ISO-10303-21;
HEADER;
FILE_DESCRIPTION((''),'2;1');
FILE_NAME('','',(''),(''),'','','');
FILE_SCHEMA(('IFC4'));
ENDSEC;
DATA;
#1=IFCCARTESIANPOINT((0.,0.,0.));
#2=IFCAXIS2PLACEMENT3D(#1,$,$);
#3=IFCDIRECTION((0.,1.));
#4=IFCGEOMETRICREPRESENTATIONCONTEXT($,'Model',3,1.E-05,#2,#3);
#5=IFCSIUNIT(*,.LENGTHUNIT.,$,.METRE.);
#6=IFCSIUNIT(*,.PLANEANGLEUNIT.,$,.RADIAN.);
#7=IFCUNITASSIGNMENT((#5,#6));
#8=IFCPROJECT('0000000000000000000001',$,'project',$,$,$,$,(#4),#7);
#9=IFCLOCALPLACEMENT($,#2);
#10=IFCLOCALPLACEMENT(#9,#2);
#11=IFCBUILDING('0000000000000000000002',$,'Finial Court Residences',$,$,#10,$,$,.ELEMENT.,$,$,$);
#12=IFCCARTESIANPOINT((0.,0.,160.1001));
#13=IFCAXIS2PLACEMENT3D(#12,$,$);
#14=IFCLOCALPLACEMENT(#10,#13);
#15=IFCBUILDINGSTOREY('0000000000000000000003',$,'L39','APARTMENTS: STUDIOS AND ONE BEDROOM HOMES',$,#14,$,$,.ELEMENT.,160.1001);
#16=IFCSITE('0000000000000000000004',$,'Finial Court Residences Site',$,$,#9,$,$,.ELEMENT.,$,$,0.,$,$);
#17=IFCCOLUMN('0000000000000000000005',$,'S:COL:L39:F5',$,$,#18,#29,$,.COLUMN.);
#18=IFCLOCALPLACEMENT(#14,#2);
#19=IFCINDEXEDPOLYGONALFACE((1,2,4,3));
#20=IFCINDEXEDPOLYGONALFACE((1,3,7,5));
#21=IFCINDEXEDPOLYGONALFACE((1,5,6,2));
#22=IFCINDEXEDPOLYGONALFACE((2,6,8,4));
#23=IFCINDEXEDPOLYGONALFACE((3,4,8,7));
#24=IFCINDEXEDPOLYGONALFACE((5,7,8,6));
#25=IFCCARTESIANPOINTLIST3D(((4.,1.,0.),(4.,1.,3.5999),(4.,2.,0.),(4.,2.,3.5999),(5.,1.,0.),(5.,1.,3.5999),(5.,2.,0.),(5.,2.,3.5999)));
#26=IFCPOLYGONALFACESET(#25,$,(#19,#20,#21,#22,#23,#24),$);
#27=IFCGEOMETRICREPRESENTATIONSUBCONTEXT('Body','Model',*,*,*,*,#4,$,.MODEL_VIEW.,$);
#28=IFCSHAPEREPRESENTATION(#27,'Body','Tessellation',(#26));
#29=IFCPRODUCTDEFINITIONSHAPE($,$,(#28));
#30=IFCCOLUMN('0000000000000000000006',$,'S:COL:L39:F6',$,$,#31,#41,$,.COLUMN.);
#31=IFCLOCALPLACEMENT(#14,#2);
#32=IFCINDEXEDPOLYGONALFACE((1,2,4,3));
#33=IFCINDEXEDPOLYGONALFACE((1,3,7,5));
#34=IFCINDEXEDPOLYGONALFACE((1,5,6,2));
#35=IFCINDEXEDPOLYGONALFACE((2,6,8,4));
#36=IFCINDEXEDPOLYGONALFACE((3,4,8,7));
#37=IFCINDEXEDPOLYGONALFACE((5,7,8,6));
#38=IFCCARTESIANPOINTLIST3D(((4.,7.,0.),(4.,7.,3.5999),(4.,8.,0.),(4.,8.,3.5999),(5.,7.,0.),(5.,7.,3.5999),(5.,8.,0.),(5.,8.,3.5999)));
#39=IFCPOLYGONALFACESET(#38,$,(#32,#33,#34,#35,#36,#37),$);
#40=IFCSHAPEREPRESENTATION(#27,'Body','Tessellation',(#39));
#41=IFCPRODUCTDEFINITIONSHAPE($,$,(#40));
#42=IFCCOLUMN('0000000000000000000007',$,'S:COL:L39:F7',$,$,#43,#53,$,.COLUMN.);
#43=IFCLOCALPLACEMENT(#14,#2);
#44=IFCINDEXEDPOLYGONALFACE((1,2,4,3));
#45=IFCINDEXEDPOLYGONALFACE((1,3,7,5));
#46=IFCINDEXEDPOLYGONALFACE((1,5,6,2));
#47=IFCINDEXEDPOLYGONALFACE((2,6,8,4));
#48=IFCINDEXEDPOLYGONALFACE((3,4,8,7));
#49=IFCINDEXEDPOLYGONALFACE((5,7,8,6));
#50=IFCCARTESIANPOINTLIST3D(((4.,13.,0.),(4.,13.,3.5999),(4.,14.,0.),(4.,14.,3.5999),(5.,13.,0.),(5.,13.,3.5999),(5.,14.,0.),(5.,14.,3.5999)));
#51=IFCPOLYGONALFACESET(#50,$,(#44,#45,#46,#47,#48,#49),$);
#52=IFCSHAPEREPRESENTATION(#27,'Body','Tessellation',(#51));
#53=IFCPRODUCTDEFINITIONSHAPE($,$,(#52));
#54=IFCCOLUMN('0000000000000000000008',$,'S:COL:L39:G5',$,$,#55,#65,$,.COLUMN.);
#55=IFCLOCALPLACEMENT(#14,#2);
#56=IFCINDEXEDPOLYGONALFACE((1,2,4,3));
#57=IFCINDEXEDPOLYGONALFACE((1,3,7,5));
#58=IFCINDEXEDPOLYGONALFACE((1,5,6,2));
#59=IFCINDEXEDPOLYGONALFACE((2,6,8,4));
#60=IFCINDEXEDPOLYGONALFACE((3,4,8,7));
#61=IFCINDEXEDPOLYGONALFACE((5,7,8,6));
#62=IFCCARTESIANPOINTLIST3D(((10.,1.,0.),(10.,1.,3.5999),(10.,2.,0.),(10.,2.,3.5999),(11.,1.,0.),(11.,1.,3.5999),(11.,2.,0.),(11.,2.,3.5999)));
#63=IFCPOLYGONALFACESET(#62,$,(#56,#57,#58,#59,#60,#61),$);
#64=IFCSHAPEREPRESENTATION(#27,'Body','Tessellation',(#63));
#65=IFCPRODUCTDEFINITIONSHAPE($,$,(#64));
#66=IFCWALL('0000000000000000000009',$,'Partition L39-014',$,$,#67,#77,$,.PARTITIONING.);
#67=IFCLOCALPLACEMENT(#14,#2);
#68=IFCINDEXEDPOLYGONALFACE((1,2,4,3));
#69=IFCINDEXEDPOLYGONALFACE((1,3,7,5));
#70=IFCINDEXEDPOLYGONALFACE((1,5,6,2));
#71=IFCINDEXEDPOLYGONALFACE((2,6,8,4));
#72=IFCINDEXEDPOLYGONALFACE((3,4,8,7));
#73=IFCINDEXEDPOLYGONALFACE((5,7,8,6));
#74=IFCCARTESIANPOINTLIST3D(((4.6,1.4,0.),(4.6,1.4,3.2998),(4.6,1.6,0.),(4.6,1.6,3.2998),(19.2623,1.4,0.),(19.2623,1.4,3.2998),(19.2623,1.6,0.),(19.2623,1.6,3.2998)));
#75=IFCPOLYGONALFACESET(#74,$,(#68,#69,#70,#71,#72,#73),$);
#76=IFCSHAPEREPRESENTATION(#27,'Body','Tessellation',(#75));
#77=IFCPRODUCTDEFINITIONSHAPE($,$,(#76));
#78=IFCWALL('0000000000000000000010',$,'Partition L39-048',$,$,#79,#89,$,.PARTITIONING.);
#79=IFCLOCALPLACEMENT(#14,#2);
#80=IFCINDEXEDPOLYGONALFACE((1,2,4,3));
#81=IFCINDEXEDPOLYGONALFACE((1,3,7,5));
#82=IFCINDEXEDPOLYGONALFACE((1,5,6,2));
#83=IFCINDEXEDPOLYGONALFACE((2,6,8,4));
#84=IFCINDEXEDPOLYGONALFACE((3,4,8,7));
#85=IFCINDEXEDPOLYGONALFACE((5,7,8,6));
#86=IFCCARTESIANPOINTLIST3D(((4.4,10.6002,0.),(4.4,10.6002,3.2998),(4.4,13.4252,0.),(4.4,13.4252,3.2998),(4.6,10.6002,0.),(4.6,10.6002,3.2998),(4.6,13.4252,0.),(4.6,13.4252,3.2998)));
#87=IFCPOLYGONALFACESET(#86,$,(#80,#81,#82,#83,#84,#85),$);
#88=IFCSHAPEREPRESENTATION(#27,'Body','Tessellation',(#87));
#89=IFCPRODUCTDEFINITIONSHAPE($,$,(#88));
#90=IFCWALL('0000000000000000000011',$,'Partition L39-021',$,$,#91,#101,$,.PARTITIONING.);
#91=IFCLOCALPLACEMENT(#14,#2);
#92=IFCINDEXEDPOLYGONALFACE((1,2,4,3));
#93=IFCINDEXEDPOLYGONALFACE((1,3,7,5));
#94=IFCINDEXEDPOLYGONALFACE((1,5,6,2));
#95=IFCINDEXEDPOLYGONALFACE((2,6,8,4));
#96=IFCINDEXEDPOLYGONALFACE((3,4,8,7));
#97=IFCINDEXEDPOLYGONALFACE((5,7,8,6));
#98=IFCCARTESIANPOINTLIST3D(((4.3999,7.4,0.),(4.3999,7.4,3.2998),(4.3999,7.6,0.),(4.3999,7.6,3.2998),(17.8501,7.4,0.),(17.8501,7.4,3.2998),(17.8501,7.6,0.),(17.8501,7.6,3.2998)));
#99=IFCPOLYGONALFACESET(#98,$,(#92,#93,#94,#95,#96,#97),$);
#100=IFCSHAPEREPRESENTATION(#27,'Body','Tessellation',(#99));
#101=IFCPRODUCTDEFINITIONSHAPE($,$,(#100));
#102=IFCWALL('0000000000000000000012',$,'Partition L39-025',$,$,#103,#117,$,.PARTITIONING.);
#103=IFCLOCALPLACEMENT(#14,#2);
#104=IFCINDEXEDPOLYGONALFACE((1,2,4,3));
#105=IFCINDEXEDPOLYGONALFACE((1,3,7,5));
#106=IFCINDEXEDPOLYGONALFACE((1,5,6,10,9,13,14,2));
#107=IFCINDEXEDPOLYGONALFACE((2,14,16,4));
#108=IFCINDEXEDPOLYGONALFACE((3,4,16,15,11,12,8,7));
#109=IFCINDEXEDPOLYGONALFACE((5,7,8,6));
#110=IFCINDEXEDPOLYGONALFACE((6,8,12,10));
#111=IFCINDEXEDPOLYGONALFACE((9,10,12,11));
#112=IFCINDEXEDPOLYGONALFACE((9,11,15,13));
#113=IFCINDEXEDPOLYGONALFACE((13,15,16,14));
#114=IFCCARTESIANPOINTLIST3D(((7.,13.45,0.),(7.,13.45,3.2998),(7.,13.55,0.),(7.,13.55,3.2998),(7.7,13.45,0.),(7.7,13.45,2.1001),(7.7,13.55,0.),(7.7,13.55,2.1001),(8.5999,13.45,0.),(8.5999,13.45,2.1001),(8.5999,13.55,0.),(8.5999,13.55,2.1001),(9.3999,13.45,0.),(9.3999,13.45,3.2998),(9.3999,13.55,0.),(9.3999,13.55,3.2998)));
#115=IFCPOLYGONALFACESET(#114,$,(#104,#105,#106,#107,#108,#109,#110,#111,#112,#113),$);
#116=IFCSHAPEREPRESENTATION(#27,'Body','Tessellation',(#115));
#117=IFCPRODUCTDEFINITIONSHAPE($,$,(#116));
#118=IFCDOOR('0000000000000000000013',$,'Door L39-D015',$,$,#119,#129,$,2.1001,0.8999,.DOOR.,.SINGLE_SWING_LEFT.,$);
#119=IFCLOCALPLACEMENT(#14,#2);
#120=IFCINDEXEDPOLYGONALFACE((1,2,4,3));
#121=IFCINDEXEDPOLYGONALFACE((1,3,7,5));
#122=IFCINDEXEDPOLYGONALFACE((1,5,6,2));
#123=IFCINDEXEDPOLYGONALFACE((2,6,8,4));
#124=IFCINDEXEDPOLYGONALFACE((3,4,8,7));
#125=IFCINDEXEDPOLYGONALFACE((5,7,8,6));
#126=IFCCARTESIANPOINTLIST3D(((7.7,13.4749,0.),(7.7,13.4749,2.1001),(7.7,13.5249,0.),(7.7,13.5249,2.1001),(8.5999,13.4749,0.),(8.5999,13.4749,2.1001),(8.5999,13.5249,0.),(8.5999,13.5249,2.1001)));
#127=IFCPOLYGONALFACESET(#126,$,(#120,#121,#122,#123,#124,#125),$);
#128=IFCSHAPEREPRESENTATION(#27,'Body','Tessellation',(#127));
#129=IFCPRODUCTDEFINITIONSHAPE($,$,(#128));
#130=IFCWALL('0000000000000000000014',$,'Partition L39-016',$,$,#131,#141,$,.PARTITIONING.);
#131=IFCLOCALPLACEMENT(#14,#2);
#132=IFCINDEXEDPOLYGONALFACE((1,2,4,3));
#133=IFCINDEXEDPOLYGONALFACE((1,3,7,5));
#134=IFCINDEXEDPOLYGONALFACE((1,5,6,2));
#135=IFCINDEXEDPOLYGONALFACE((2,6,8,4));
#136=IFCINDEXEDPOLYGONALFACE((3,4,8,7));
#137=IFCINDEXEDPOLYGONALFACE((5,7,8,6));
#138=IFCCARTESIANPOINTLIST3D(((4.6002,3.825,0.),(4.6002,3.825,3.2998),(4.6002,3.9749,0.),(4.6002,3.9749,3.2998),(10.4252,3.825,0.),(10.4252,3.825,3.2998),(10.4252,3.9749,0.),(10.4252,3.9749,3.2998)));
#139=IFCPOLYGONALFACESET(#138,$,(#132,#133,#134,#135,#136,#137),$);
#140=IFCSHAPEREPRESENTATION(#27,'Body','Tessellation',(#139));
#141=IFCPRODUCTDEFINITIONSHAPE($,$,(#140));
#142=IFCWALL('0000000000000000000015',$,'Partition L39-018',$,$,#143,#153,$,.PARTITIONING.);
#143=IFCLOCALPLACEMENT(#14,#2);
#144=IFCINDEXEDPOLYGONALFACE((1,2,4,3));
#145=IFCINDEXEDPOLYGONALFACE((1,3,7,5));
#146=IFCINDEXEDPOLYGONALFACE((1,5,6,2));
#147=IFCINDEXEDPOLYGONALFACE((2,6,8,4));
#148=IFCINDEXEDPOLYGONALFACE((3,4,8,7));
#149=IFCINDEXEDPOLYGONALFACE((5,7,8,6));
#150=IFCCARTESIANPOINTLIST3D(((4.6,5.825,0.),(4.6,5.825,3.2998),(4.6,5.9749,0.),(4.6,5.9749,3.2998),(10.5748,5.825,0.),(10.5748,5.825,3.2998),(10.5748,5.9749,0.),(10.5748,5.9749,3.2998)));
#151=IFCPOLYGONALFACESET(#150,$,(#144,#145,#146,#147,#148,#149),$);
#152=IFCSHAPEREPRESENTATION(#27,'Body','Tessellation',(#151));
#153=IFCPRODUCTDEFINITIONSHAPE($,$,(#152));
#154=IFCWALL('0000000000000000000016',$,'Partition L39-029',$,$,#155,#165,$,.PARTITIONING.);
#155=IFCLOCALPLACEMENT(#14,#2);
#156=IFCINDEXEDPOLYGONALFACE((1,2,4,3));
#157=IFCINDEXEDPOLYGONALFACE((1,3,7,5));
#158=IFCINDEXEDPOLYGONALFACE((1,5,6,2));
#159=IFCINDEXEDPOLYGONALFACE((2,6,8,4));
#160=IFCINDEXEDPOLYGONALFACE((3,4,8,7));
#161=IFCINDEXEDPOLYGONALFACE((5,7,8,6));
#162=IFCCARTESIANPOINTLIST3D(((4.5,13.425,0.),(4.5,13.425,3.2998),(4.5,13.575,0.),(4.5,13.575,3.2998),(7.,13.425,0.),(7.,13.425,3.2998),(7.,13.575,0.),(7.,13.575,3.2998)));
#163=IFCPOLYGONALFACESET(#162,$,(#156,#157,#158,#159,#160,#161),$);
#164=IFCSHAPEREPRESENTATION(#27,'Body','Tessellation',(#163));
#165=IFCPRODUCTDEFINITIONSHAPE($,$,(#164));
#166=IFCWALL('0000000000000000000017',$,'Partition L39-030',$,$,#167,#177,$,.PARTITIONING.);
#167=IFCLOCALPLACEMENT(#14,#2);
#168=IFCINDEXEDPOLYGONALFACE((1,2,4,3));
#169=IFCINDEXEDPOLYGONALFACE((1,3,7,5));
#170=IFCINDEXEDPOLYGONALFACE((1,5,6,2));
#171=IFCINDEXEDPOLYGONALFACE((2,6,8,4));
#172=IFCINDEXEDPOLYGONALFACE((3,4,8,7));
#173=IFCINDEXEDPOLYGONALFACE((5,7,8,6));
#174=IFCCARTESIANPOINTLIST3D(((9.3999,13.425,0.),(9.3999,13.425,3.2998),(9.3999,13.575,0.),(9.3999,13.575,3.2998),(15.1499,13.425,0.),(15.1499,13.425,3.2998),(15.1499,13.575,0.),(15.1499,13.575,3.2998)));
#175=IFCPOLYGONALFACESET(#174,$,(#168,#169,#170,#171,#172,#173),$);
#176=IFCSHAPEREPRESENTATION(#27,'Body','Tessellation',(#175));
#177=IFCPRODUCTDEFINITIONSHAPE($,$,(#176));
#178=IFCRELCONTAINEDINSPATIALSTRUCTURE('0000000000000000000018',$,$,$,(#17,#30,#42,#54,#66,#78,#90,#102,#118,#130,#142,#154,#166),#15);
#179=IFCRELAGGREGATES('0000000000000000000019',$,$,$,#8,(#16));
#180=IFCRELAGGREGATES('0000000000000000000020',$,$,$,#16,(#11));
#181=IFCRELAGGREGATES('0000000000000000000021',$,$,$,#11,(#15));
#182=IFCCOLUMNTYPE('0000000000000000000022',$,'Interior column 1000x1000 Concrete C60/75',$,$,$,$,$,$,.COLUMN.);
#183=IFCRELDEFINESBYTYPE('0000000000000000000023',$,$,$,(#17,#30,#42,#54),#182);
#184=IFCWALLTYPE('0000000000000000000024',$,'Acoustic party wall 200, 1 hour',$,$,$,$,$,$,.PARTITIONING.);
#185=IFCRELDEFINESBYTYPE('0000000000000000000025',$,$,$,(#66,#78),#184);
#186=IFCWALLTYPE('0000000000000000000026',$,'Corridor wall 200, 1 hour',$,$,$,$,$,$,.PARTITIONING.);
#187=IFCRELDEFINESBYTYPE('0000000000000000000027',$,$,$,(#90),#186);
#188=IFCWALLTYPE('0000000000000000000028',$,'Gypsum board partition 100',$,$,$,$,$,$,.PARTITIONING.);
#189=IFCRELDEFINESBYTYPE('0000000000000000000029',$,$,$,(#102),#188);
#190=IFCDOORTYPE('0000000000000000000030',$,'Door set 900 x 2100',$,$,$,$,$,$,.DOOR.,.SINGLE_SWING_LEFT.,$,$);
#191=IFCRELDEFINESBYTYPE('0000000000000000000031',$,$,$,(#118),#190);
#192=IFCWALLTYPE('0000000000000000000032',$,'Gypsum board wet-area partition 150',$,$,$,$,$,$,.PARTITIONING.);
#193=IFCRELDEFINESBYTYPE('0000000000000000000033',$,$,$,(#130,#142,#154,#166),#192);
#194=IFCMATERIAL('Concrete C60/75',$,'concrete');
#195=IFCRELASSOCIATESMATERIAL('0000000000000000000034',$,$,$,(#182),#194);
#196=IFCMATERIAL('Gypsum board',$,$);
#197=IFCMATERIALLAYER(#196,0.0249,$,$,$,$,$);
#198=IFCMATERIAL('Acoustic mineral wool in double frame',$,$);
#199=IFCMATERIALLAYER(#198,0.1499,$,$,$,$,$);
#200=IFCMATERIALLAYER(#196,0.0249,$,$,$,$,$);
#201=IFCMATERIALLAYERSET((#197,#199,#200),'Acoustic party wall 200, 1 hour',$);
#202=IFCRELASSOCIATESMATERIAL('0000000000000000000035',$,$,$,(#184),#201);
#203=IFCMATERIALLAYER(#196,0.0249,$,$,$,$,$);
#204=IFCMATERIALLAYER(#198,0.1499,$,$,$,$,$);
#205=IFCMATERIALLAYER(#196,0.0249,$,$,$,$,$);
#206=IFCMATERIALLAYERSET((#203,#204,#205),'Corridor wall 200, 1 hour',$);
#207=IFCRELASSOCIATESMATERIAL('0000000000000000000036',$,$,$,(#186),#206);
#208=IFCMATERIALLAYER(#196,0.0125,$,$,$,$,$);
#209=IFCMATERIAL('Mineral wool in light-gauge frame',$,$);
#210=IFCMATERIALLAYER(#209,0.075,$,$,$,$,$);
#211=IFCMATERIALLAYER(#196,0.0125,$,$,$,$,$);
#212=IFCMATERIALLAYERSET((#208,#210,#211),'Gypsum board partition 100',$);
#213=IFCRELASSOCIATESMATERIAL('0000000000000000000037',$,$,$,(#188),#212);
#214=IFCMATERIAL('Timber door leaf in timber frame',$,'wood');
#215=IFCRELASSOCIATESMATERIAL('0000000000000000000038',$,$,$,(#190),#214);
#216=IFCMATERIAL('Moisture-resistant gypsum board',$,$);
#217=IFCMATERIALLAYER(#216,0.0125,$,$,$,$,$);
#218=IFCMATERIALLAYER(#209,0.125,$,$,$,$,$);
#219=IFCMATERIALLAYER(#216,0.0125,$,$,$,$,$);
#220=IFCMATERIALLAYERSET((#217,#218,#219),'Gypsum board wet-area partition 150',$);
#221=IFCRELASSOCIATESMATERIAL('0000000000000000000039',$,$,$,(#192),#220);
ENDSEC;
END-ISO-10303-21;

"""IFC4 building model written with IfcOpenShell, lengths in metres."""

from ifc_helpers import new_model, si_unit, direction, frame, frame_2d, origin, origin_2d, place, context, subcontext, project, spatial, rectangle, extrude, material, layer, layer_set, material_profile, profile_set, type_object, element, fill, save


model = new_model("IFC4")

# Units and contexts
model_context = context("Model", 3, precision=1e-05, world=origin(), true_north=direction((0.0, 1.0)))
body_context = subcontext(model_context, "Body", "Model", "MODEL_VIEW")
ifc_project = project(units=[si_unit("LENGTHUNIT", "METRE"), si_unit("PLANEANGLEUNIT", "RADIAN")], contexts=[model_context])

# Site, building, storey
site_placement = place(None, origin())
site = spatial("IfcSite", under=ifc_project, at=site_placement, Name="Finial Court Residences Site", CompositionType="ELEMENT", RefElevation=0.0)
building_placement = place(site_placement, origin())
building = spatial("IfcBuilding", under=site, at=building_placement, Name="Finial Court Residences", CompositionType="ELEMENT")
storey_placement = place(building_placement, frame((0.0, 0.0, 160.1001)))
storey = spatial("IfcBuildingStorey", under=building, at=storey_placement, Name="L39", Description="APARTMENTS: STUDIOS AND ONE BEDROOM HOMES", CompositionType="ELEMENT", Elevation=160.1001)

# Columns
ifc_material_1 = material(Name="Concrete C60/75", Category="concrete")
ifc_material_profile = material_profile(ifc_material_1, rectangle(XDim=1.0, YDim=1.0, at=origin_2d()), Name="1000x1000")
ifc_profile_set = profile_set([ifc_material_profile], Name="Concrete C60/75")
column_type = type_object("IfcColumnType", Name="Interior column 1000x1000 Concrete C60/75", PredefinedType="COLUMN", material=ifc_profile_set)
for number, where, z_axis, x_axis, name in (
    (1, (4.5, 1.5, 0.0), (0.0, 0.0, 1.0), (1.0, 0.0, 0.0), "S:COL:L39:F5"),
    (2, (4.5, 7.5, 0.0), (0.0, 0.0, 1.0), (1.0, 0.0, 0.0), "S:COL:L39:F6"),
    (3, (4.5, 13.5, 0.0), (0.0, 0.0, 1.0), (1.0, 0.0, 0.0), "S:COL:L39:F7"),
    (4, (10.5, 1.5, 0.0), (0.0, 0.0, 1.0), (1.0, 0.0, 0.0), "S:COL:L39:G5"),
):
    element("IfcColumn", number, at=place(storey_placement, frame(where, z_axis=z_axis, x_axis=x_axis)), inside=storey, type_object=column_type, Name=name, PredefinedType="COLUMN", context=body_context, shape_type="SweptSolid", body=[
        extrude(rectangle(XDim=1.0, YDim=1.0, at=origin_2d()), origin(), (0.0, 0.0, 1.0), 3.5999),
    ])

# Walls
ifc_material_2 = material(Name="Gypsum board")
ifc_layer_1 = layer(ifc_material_2, 0.0249)
ifc_material_3 = material(Name="Acoustic mineral wool in double frame")
ifc_layer_2 = layer(ifc_material_3, 0.1499)
ifc_layer_3 = layer(ifc_material_2, 0.0249)
ifc_layer_set_1 = layer_set([ifc_layer_1, ifc_layer_2, ifc_layer_3], Name="Acoustic party wall 200, 1 hour")
wall_type_1 = type_object("IfcWallType", Name="Acoustic party wall 200, 1 hour", PredefinedType="PARTITIONING", material=ifc_layer_set_1)
wall_1_placement = place(storey_placement, frame((4.6001, 1.5, 0.0), z_axis=(0.0, 0.0, 1.0), x_axis=(1.0, 0.0, 0.0)))
element("IfcWall", 5, at=wall_1_placement, inside=storey, type_object=wall_type_1, Name="Partition L39-014", PredefinedType="PARTITIONING", context=body_context, shape_type="SweptSolid", body=[
    extrude(rectangle(XDim=14.6624, YDim=0.2, at=frame_2d((7.3311, 0.0))), origin(), (0.0, 0.0, 1.0), 3.2998),
])
wall_2_placement = place(storey_placement, frame((4.5, 10.6001, 0.0), z_axis=(0.0, 0.0, 1.0), x_axis=(0.0, 1.0, 0.0)))
element("IfcWall", 6, at=wall_2_placement, inside=storey, type_object=wall_type_1, Name="Partition L39-048", PredefinedType="PARTITIONING", context=body_context, shape_type="SweptSolid", body=[
    extrude(rectangle(XDim=2.825, YDim=0.2, at=frame_2d((1.4126, 0.0))), origin(), (0.0, 0.0, 1.0), 3.2998),
])
ifc_layer_4 = layer(ifc_material_2, 0.0249)
ifc_layer_5 = layer(ifc_material_3, 0.1499)
ifc_layer_6 = layer(ifc_material_2, 0.0249)
ifc_layer_set_2 = layer_set([ifc_layer_4, ifc_layer_5, ifc_layer_6], Name="Corridor wall 200, 1 hour")
wall_type_2 = type_object("IfcWallType", Name="Corridor wall 200, 1 hour", PredefinedType="PARTITIONING", material=ifc_layer_set_2)
wall_3_placement = place(storey_placement, frame((4.3999, 7.5, 0.0), z_axis=(0.0, 0.0, 1.0), x_axis=(1.0, 0.0, 0.0)))
element("IfcWall", 7, at=wall_3_placement, inside=storey, type_object=wall_type_2, Name="Partition L39-021", PredefinedType="PARTITIONING", context=body_context, shape_type="SweptSolid", body=[
    extrude(rectangle(XDim=13.4502, YDim=0.2, at=frame_2d((6.7251, 0.0))), origin(), (0.0, 0.0, 1.0), 3.2998),
])

# Wall, opening, door
ifc_layer_7 = layer(ifc_material_2, 0.0125)
ifc_material_4 = material(Name="Mineral wool in light-gauge frame")
ifc_layer_8 = layer(ifc_material_4, 0.075)
ifc_layer_9 = layer(ifc_material_2, 0.0125)
ifc_layer_set_3 = layer_set([ifc_layer_7, ifc_layer_8, ifc_layer_9], Name="Gypsum board partition 100")
wall_type_3 = type_object("IfcWallType", Name="Gypsum board partition 100", PredefinedType="PARTITIONING", material=ifc_layer_set_3)
wall_4_placement = place(storey_placement, frame((7.0, 13.5, 0.0), z_axis=(0.0, 0.0, 1.0), x_axis=(1.0, 0.0, 0.0)))
wall_4 = element("IfcWall", 8, at=wall_4_placement, inside=storey, type_object=wall_type_3, Name="Partition L39-025", PredefinedType="PARTITIONING", context=body_context, shape_type="SweptSolid", body=[
    extrude(rectangle(XDim=2.3999, YDim=0.1001, at=frame_2d((1.2, 0.0))), origin(), (0.0, 0.0, 1.0), 3.2998),
])
opening_1_placement = place(wall_4_placement, frame((0.7, 0.0, 0.0)))
opening_1 = element("IfcOpeningElement", 9, at=opening_1_placement, cuts=wall_4, PredefinedType="OPENING", context=body_context, shape_type="SweptSolid", body=[
    extrude(rectangle(XDim=0.8999, YDim=2.1001, at=frame_2d((0.45, 1.05))), frame((0.0, 0.0601, 0.0), z_axis=(0.0, -1.0, 0.0), x_axis=(1.0, 0.0, 0.0)), (0.0, 0.0, 1.0), 0.1201),
])
ifc_material_5 = material(Name="Timber door leaf in timber frame", Category="wood")
door_type = type_object("IfcDoorType", Name="Door set 900 x 2100", OperationType="SINGLE_SWING_LEFT", PredefinedType="DOOR", material=ifc_material_5)
door_1_placement = place(opening_1_placement, origin())
door_1 = element("IfcDoor", 10, at=door_1_placement, inside=storey, type_object=door_type, Name="Door L39-D015", OperationType="SINGLE_SWING_LEFT", OverallHeight=2.1001, OverallWidth=0.8999, PredefinedType="DOOR", context=body_context, shape_type="SweptSolid", body=[
    extrude(rectangle(XDim=0.8999, YDim=2.1001, at=frame_2d((0.45, 1.05))), frame((0.0, 0.0249, 0.0), z_axis=(0.0, -1.0, 0.0), x_axis=(1.0, 0.0, 0.0)), (0.0, 0.0, 1.0), 0.05),
])
fill(opening_1, door_1)

# Walls
ifc_material_6 = material(Name="Moisture-resistant gypsum board")
ifc_layer_10 = layer(ifc_material_6, 0.0125)
ifc_layer_11 = layer(ifc_material_4, 0.125)
ifc_layer_12 = layer(ifc_material_6, 0.0125)
ifc_layer_set_4 = layer_set([ifc_layer_10, ifc_layer_11, ifc_layer_12], Name="Gypsum board wet-area partition 150")
wall_type_4 = type_object("IfcWallType", Name="Gypsum board wet-area partition 150", PredefinedType="PARTITIONING", material=ifc_layer_set_4)
wall_5_placement = place(storey_placement, frame((4.6001, 3.8999, 0.0), z_axis=(0.0, 0.0, 1.0), x_axis=(1.0, 0.0, 0.0)))
element("IfcWall", 11, at=wall_5_placement, inside=storey, type_object=wall_type_4, Name="Partition L39-016", PredefinedType="PARTITIONING", context=body_context, shape_type="SweptSolid", body=[
    extrude(rectangle(XDim=5.825, YDim=0.1499, at=frame_2d((2.9126, 0.0))), origin(), (0.0, 0.0, 1.0), 3.2998),
])
wall_6_placement = place(storey_placement, frame((4.6001, 5.8999, 0.0), z_axis=(0.0, 0.0, 1.0), x_axis=(1.0, 0.0, 0.0)))
element("IfcWall", 12, at=wall_6_placement, inside=storey, type_object=wall_type_4, Name="Partition L39-018", PredefinedType="PARTITIONING", context=body_context, shape_type="SweptSolid", body=[
    extrude(rectangle(XDim=5.9749, YDim=0.1499, at=frame_2d((2.9873, 0.0))), origin(), (0.0, 0.0, 1.0), 3.2998),
])
wall_7_placement = place(storey_placement, frame((4.5, 13.5, 0.0), z_axis=(0.0, 0.0, 1.0), x_axis=(1.0, 0.0, 0.0)))
element("IfcWall", 13, at=wall_7_placement, inside=storey, type_object=wall_type_4, Name="Partition L39-029", PredefinedType="PARTITIONING", context=body_context, shape_type="SweptSolid", body=[
    extrude(rectangle(XDim=2.5, YDim=0.1499, at=frame_2d((1.25, 0.0))), origin(), (0.0, 0.0, 1.0), 3.2998),
])
wall_8_placement = place(storey_placement, frame((9.3999, 13.5, 0.0), z_axis=(0.0, 0.0, 1.0), x_axis=(1.0, 0.0, 0.0)))
element("IfcWall", 14, at=wall_8_placement, inside=storey, type_object=wall_type_4, Name="Partition L39-030", PredefinedType="PARTITIONING", context=body_context, shape_type="SweptSolid", body=[
    extrude(rectangle(XDim=5.75, YDim=0.1499, at=frame_2d((2.875, 0.0))), origin(), (0.0, 0.0, 1.0), 3.2998),
])

save(model, "model.ifc")
